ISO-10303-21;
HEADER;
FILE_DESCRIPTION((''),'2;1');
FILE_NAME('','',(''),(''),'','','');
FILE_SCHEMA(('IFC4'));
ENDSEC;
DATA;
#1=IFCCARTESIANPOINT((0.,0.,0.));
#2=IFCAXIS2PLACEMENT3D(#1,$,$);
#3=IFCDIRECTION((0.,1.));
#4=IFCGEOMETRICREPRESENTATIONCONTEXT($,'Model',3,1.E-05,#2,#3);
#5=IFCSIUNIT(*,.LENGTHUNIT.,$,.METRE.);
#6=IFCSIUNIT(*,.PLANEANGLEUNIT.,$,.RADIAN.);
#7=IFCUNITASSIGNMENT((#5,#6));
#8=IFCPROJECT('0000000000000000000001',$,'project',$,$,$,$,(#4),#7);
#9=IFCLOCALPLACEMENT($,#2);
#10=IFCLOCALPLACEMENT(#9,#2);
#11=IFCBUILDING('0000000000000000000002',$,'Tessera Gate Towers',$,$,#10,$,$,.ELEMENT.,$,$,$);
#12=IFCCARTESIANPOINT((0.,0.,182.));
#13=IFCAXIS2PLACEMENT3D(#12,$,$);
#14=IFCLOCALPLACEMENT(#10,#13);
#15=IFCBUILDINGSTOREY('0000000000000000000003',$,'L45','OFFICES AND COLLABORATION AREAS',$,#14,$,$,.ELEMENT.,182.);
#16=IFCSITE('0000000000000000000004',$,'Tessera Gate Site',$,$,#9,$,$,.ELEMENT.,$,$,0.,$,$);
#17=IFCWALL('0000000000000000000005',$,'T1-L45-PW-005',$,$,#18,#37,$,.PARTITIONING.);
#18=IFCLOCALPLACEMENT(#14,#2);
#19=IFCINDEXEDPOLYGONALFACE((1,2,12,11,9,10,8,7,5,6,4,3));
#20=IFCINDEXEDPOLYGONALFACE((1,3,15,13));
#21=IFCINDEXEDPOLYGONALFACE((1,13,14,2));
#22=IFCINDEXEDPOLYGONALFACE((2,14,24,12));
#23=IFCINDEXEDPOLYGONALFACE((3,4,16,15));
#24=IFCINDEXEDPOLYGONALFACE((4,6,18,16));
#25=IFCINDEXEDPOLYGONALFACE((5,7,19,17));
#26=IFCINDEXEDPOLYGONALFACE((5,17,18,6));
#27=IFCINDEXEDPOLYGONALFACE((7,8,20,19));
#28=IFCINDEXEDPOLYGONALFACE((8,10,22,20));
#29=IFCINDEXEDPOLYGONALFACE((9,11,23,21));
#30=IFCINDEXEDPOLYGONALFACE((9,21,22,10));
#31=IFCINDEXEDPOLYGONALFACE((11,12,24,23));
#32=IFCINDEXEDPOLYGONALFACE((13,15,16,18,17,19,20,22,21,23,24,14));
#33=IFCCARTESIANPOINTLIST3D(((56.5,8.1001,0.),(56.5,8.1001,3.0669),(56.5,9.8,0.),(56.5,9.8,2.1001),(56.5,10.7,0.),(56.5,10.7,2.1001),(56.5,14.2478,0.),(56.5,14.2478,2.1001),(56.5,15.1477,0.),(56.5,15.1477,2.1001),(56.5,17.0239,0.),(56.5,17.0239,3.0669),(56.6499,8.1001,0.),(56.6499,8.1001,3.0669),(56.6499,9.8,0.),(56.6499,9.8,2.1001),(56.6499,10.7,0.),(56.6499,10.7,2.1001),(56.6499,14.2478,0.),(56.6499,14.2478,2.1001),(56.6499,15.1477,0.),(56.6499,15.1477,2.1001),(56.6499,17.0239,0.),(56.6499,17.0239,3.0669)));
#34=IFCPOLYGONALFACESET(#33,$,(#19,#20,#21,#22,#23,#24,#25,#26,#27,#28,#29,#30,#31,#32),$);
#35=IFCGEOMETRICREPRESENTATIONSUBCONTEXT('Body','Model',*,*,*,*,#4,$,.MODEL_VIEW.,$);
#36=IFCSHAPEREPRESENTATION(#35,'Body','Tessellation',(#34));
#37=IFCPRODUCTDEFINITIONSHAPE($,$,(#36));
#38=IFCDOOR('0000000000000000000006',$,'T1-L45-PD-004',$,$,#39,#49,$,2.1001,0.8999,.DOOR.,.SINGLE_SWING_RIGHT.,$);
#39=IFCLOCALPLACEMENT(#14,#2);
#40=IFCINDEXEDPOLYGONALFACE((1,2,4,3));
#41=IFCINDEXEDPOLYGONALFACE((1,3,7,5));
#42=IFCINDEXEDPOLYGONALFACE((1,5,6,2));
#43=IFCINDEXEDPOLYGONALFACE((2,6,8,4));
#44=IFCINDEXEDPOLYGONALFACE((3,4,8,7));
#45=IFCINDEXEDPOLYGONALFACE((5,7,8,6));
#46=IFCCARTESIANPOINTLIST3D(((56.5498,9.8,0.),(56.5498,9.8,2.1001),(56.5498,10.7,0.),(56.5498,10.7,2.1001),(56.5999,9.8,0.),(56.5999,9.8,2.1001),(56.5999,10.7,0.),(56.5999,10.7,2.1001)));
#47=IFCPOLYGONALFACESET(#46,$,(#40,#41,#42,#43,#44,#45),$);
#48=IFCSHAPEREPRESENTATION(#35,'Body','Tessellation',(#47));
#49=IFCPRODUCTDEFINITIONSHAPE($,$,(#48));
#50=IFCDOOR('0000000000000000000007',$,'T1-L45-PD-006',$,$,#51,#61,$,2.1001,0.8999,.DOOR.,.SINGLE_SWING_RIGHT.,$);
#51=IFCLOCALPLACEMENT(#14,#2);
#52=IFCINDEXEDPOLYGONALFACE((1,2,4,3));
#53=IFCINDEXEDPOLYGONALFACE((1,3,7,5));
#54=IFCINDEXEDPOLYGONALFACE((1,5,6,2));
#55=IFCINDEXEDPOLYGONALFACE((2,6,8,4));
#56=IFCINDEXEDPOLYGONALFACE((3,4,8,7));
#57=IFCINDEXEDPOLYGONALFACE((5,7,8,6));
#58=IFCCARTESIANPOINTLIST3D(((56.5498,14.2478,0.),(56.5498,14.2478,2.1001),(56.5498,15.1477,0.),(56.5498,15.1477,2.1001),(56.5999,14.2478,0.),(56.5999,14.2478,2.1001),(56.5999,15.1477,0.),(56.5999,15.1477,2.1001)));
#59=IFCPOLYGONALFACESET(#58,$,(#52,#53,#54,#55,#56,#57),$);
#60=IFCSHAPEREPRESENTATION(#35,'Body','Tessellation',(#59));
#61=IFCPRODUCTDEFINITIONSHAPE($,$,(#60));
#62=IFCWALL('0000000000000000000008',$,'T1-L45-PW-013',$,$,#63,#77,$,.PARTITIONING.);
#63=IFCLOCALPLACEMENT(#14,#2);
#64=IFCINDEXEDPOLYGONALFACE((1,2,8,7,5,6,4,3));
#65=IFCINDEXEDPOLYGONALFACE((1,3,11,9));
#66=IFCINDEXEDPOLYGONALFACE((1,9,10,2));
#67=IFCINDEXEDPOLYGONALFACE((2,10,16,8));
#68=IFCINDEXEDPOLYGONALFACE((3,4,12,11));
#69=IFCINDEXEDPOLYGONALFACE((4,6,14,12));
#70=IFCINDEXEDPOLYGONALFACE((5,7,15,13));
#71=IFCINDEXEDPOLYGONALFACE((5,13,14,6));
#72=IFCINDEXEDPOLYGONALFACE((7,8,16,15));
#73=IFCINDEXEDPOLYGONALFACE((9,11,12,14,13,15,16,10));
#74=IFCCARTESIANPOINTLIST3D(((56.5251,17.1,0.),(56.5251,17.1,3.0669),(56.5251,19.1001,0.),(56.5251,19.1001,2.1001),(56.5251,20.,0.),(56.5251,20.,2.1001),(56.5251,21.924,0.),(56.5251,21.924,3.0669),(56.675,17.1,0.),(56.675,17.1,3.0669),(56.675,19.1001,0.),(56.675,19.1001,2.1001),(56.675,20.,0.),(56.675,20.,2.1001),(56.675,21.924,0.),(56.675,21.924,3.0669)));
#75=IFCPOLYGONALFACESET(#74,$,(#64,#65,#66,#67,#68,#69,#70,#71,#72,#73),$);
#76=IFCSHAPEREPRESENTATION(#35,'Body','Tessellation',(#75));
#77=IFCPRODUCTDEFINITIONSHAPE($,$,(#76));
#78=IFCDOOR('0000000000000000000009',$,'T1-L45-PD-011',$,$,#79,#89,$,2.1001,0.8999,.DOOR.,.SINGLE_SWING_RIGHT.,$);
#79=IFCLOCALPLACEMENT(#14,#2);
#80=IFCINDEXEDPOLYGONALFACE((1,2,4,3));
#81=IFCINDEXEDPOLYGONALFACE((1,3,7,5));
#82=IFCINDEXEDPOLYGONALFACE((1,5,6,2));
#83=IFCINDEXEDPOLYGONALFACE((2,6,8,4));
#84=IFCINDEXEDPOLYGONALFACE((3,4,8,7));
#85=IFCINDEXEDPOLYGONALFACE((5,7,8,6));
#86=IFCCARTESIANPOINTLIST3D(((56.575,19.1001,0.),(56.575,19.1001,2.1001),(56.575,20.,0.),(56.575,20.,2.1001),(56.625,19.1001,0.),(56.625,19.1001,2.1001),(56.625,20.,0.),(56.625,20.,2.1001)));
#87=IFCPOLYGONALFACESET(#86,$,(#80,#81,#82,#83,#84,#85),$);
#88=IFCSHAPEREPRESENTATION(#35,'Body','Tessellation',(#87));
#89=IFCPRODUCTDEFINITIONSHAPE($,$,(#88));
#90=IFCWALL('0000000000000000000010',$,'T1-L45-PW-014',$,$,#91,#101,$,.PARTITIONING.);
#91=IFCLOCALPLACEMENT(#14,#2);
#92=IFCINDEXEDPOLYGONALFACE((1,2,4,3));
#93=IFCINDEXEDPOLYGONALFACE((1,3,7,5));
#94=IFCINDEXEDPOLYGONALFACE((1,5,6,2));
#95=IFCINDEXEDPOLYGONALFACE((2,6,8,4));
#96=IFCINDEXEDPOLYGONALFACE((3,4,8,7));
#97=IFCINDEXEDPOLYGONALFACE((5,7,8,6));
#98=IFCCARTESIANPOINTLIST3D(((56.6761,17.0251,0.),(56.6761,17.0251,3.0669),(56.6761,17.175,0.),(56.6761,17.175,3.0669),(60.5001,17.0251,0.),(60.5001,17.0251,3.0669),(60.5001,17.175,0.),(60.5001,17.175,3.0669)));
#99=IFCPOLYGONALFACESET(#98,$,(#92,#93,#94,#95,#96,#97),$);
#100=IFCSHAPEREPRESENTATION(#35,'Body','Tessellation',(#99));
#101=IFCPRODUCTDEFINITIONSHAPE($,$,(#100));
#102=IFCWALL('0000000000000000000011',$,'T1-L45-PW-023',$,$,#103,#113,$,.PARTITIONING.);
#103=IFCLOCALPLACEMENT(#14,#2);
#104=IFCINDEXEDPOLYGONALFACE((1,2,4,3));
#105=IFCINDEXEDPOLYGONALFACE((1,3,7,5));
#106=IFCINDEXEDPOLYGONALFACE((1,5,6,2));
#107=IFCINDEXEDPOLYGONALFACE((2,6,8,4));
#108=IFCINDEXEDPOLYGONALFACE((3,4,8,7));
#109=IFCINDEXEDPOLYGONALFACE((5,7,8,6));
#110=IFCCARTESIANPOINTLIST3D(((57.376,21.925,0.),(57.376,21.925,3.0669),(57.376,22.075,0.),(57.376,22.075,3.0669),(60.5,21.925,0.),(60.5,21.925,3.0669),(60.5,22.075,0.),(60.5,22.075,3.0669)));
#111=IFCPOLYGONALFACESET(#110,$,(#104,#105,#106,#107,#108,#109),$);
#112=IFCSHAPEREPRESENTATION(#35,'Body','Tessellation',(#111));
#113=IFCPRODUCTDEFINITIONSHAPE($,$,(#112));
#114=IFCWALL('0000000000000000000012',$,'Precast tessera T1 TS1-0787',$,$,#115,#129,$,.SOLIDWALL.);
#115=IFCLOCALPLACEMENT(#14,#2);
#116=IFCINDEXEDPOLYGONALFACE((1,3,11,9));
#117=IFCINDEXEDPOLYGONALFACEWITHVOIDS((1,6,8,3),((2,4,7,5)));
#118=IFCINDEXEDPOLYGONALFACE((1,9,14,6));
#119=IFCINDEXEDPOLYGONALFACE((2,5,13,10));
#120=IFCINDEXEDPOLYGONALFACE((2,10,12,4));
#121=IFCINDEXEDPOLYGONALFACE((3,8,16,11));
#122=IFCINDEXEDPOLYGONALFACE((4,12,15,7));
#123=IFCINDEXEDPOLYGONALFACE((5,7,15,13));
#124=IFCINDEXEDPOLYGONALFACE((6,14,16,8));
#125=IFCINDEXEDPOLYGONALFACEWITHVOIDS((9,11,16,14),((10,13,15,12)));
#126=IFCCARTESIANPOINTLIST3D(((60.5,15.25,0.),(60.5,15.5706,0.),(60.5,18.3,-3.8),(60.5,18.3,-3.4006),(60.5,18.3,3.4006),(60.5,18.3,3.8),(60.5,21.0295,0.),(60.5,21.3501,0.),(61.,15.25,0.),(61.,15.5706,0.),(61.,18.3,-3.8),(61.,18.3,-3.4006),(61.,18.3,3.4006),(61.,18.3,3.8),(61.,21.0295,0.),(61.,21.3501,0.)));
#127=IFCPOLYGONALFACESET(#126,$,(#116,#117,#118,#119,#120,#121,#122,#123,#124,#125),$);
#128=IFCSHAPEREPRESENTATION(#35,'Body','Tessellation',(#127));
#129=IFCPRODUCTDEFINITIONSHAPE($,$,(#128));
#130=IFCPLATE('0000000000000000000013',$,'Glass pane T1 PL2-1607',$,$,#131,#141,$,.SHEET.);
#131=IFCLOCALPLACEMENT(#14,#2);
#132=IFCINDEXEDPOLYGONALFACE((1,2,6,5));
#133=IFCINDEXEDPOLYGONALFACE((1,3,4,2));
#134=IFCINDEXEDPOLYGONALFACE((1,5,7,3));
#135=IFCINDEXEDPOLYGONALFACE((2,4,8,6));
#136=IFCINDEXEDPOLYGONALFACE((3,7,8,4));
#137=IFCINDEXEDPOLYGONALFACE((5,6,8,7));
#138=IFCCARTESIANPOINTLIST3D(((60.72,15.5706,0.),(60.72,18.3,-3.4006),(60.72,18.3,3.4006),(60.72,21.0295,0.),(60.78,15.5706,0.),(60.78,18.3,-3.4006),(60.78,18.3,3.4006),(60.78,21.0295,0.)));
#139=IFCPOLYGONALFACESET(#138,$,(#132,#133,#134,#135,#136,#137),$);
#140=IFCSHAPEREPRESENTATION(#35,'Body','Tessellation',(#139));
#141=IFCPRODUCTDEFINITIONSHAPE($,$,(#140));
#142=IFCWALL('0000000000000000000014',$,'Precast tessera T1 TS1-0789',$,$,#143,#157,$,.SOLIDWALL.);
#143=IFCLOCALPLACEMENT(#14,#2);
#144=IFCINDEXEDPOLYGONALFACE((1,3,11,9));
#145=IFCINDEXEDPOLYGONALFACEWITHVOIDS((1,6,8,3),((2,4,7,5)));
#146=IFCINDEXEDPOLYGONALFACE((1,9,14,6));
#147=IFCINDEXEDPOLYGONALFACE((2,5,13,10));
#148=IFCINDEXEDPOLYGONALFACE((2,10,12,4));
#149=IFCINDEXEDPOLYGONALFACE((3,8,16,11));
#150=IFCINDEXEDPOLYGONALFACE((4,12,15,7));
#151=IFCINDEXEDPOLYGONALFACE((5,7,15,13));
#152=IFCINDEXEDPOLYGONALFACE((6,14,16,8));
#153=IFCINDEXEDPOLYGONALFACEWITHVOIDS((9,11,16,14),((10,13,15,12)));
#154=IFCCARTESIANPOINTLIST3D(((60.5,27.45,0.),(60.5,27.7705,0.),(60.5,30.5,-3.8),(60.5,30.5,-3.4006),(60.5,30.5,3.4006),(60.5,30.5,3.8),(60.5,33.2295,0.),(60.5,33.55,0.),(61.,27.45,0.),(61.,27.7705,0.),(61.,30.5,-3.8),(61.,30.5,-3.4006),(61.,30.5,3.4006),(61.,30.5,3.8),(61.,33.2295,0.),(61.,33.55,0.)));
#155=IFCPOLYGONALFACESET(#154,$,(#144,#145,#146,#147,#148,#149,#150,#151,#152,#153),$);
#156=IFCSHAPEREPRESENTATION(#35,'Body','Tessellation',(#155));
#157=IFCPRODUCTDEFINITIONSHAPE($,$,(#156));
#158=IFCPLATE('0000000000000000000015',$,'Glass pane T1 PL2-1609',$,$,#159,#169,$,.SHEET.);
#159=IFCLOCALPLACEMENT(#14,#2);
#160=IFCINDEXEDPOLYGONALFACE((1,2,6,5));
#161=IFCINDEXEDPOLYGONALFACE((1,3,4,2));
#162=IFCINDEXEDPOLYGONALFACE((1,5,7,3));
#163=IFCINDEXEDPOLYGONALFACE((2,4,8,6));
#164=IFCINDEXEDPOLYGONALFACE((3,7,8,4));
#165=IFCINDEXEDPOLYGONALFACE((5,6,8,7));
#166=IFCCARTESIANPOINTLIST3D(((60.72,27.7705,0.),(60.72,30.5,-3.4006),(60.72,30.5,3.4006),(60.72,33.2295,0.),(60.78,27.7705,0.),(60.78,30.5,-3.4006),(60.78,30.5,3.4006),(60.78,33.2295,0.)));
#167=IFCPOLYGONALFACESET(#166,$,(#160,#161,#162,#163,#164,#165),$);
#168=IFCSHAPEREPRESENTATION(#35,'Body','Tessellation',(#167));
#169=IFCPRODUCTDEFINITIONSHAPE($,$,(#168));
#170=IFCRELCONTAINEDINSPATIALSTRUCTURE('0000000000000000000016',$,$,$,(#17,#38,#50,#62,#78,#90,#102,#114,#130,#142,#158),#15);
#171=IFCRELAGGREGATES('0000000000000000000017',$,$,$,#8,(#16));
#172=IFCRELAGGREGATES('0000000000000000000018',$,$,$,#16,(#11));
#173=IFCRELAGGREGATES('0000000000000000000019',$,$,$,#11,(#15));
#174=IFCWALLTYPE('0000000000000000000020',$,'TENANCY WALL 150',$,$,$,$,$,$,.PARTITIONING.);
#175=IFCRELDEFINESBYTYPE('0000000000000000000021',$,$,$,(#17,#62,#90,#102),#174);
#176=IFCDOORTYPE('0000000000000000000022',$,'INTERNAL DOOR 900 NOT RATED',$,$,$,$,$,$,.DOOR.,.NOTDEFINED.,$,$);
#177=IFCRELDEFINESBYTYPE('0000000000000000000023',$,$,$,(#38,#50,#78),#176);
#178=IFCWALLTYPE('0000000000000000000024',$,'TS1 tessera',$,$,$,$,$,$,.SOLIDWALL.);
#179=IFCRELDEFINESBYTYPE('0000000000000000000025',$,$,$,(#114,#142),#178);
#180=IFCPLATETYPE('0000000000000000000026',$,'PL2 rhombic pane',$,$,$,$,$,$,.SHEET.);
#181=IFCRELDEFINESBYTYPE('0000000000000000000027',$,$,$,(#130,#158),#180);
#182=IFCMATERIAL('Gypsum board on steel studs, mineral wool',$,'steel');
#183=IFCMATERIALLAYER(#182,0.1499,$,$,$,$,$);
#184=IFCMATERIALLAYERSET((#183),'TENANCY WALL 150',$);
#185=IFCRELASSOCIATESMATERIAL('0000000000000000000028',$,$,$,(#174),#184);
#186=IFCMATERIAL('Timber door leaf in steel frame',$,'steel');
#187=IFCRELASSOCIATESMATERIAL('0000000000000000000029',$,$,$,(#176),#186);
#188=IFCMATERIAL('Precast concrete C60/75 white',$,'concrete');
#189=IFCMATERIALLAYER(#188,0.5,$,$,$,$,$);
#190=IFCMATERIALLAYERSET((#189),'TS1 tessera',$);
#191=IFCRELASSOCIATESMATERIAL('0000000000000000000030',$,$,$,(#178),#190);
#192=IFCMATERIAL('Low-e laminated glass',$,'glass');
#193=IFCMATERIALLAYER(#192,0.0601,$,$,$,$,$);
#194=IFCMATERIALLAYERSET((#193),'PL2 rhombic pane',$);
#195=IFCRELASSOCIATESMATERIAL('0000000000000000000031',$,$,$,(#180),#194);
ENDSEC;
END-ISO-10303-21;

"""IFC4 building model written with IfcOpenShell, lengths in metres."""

from ifc_helpers import new_model, si_unit, direction, frame, frame_2d, origin, place, context, subcontext, project, spatial, polyline, rectangle, outline, extrude, source, transform, mapped, material, layer, layer_set, type_object, element, fill, save


model = new_model("IFC4")

# Units and contexts
model_context = context("Model", 3, precision=1e-05, world=origin(), true_north=direction((0.0, 1.0)))
body_context = subcontext(model_context, "Body", "Model", "MODEL_VIEW")
ifc_project = project(units=[si_unit("LENGTHUNIT", "METRE"), si_unit("PLANEANGLEUNIT", "RADIAN")], contexts=[model_context])

# Site, building, storey
site_placement = place(None, origin())
site = spatial("IfcSite", under=ifc_project, at=site_placement, Name="Tessera Gate Site", CompositionType="ELEMENT", RefElevation=0.0)
building_placement = place(site_placement, origin())
building = spatial("IfcBuilding", under=site, at=building_placement, Name="Tessera Gate Towers", CompositionType="ELEMENT")
storey_placement = place(building_placement, frame((0.0, 0.0, 182.0)))
storey = spatial("IfcBuildingStorey", under=building, at=storey_placement, Name="L45", Description="OFFICES AND COLLABORATION AREAS", CompositionType="ELEMENT", Elevation=182.0)

# Wall, openings, doors
ifc_material_1 = material(Name="Gypsum board on steel studs, mineral wool", Category="steel")
ifc_layer_1 = layer(ifc_material_1, 0.1499)
ifc_layer_set_1 = layer_set([ifc_layer_1], Name="TENANCY WALL 150")
wall_type_1 = type_object("IfcWallType", Name="TENANCY WALL 150", PredefinedType="PARTITIONING", material=ifc_layer_set_1)
wall_1_placement = place(storey_placement, frame((56.575, 17.0239, 0.0), z_axis=(0.0, 0.0, 1.0), x_axis=(0.0, -1.0, 0.0)))
wall_1 = element("IfcWall", 1, at=wall_1_placement, inside=storey, type_object=wall_type_1, Name="T1-L45-PW-005", PredefinedType="PARTITIONING", context=body_context, shape_type="SweptSolid", body=[
    extrude(rectangle(XDim=8.9238, YDim=0.1499, at=frame_2d((4.4619, 0.0))), origin(), (0.0, 0.0, 1.0), 3.0669),
])
shared_shape_1 = source(origin(), body_context, "Body", "SweptSolid", [
    extrude(rectangle(XDim=0.8999, YDim=2.1001, at=frame_2d((0.45, 1.05))), frame((0.0, 0.085, 0.0), z_axis=(0.0, -1.0, 0.0), x_axis=(1.0, 0.0, 0.0)), (0.0, 0.0, 1.0), 0.1699),
])
opening_1_placement = place(wall_1_placement, frame((6.324, 0.0, 0.0)))
opening_1 = element("IfcOpeningElement", 2, at=opening_1_placement, cuts=wall_1, PredefinedType="OPENING", context=body_context, shape_type="MappedRepresentation", body=[
    mapped(shared_shape_1, transform((0.0, 0.0, 0.0), scale=1.0)),
])
opening_2_placement = place(wall_1_placement, frame((1.8762, 0.0, 0.0)))
opening_2 = element("IfcOpeningElement", 3, at=opening_2_placement, cuts=wall_1, PredefinedType="OPENING", context=body_context, shape_type="MappedRepresentation", body=[
    mapped(shared_shape_1, transform((0.0, 0.0, 0.0), scale=1.0)),
])
ifc_material_2 = material(Name="Timber door leaf in steel frame", Category="steel")
door_type_1 = type_object("IfcDoorType", Name="INTERNAL DOOR 900 NOT RATED", OperationType="NOTDEFINED", PredefinedType="DOOR", material=ifc_material_2)
shared_shape_2 = source(origin(), body_context, "Body", "SweptSolid", [
    extrude(rectangle(XDim=0.8999, YDim=2.1001, at=frame_2d((0.45, 1.05))), frame((0.0, 0.0249, 0.0), z_axis=(0.0, -1.0, 0.0), x_axis=(1.0, 0.0, 0.0)), (0.0, 0.0, 1.0), 0.05),
])
door_1_placement = place(opening_1_placement, origin())
door_1 = element("IfcDoor", 4, at=door_1_placement, inside=storey, type_object=door_type_1, Name="T1-L45-PD-004", OperationType="SINGLE_SWING_RIGHT", OverallHeight=2.1001, OverallWidth=0.8999, PredefinedType="DOOR", context=body_context, shape_type="MappedRepresentation", body=[
    mapped(shared_shape_2, transform((0.0, 0.0, 0.0), scale=1.0)),
])
fill(opening_1, door_1)
door_2_placement = place(opening_2_placement, origin())
door_2 = element("IfcDoor", 5, at=door_2_placement, inside=storey, type_object=door_type_1, Name="T1-L45-PD-006", OperationType="SINGLE_SWING_RIGHT", OverallHeight=2.1001, OverallWidth=0.8999, PredefinedType="DOOR", context=body_context, shape_type="MappedRepresentation", body=[
    mapped(shared_shape_2, transform((0.0, 0.0, 0.0), scale=1.0)),
])
fill(opening_2, door_2)

# Wall, opening, door
wall_2_placement = place(storey_placement, frame((56.6001, 21.9241, 0.0), z_axis=(0.0, 0.0, 1.0), x_axis=(0.0, -1.0, 0.0)))
wall_2 = element("IfcWall", 6, at=wall_2_placement, inside=storey, type_object=wall_type_1, Name="T1-L45-PW-013", PredefinedType="PARTITIONING", context=body_context, shape_type="SweptSolid", body=[
    extrude(rectangle(XDim=4.824, YDim=0.1499, at=frame_2d((2.4121, 0.0))), origin(), (0.0, 0.0, 1.0), 3.0669),
])
opening_3_placement = place(wall_2_placement, frame((1.9241, 0.0, 0.0)))
opening_3 = element("IfcOpeningElement", 7, at=opening_3_placement, cuts=wall_2, PredefinedType="OPENING", context=body_context, shape_type="MappedRepresentation", body=[
    mapped(shared_shape_1, transform((0.0, 0.0, 0.0), scale=1.0)),
])
door_3_placement = place(opening_3_placement, origin())
door_3 = element("IfcDoor", 8, at=door_3_placement, inside=storey, type_object=door_type_1, Name="T1-L45-PD-011", OperationType="SINGLE_SWING_RIGHT", OverallHeight=2.1001, OverallWidth=0.8999, PredefinedType="DOOR", context=body_context, shape_type="MappedRepresentation", body=[
    mapped(shared_shape_2, transform((0.0, 0.0, 0.0), scale=1.0)),
])
fill(opening_3, door_3)

# Walls
wall_3_placement = place(storey_placement, frame((56.676, 17.1001, 0.0), z_axis=(0.0, 0.0, 1.0), x_axis=(1.0, 0.0, 0.0)))
element("IfcWall", 9, at=wall_3_placement, inside=storey, type_object=wall_type_1, Name="T1-L45-PW-014", PredefinedType="PARTITIONING", context=body_context, shape_type="SweptSolid", body=[
    extrude(rectangle(XDim=3.824, YDim=0.1499, at=frame_2d((1.9121, 0.0))), origin(), (0.0, 0.0, 1.0), 3.0669),
])
wall_4_placement = place(storey_placement, frame((57.376, 22.0, 0.0), z_axis=(0.0, 0.0, 1.0), x_axis=(1.0, 0.0, 0.0)))
element("IfcWall", 10, at=wall_4_placement, inside=storey, type_object=wall_type_1, Name="T1-L45-PW-023", PredefinedType="PARTITIONING", context=body_context, shape_type="SweptSolid", body=[
    extrude(rectangle(XDim=3.124, YDim=0.1499, at=frame_2d((1.562, 0.0))), origin(), (0.0, 0.0, 1.0), 3.0669),
])

# Walls, openings, plates
ifc_material_3 = material(Name="Precast concrete C60/75 white", Category="concrete")
ifc_layer_2 = layer(ifc_material_3, 0.5)
ifc_layer_set_2 = layer_set([ifc_layer_2], Name="TS1 tessera")
wall_type_2 = type_object("IfcWallType", Name="TS1 tessera", PredefinedType="SOLIDWALL", material=ifc_layer_set_2)
shared_shape_3 = source(origin(), body_context, "Body", "SweptSolid", [
    extrude(outline(polyline([(3.05, 0.0), (6.1001, 3.8), (3.05, 7.6001), (0.0, 3.8), (3.05, 0.0)])), frame((0.0, 0.25, 0.0), z_axis=(0.0, -1.0, 0.0), x_axis=(1.0, 0.0, 0.0)), (0.0, 0.0, 1.0), 0.5),
])
wall_5_placement = place(storey_placement, frame((60.75, 15.25, -3.8), z_axis=(0.0, 0.0, 1.0), x_axis=(0.0, 1.0, 0.0)))
wall_5 = element("IfcWall", 11, at=wall_5_placement, inside=storey, type_object=wall_type_2, Name="Precast tessera T1 TS1-0787", PredefinedType="SOLIDWALL", context=body_context, shape_type="MappedRepresentation", body=[
    mapped(shared_shape_3, transform((0.0, 0.0, 0.0), scale=1.0)),
])
shared_shape_4 = source(origin(), body_context, "Body", "SweptSolid", [
    extrude(outline(polyline([(3.05, 0.3994), (5.7795, 3.8), (3.05, 7.2007), (0.3206, 3.8), (3.05, 0.3994)])), frame((0.0, 0.26, 0.0), z_axis=(0.0, -1.0, 0.0), x_axis=(1.0, 0.0, 0.0)), (0.0, 0.0, 1.0), 0.52),
])
opening_4_placement = place(wall_5_placement, origin())
opening_4 = element("IfcOpeningElement", 12, at=opening_4_placement, cuts=wall_5, PredefinedType="OPENING", context=body_context, shape_type="MappedRepresentation", body=[
    mapped(shared_shape_4, transform((0.0, 0.0, 0.0), scale=1.0)),
])
ifc_material_4 = material(Name="Low-e laminated glass", Category="glass")
ifc_layer_3 = layer(ifc_material_4, 0.0601)
ifc_layer_set_3 = layer_set([ifc_layer_3], Name="PL2 rhombic pane")
plate_type = type_object("IfcPlateType", Name="PL2 rhombic pane", PredefinedType="SHEET", material=ifc_layer_set_3)
shared_shape_5 = source(origin(), body_context, "Body", "SweptSolid", [
    extrude(outline(polyline([(3.05, 0.3994), (5.7795, 3.8), (3.05, 7.2007), (0.3206, 3.8), (3.05, 0.3994)])), frame((0.0, 0.03, 0.0), z_axis=(0.0, -1.0, 0.0), x_axis=(1.0, 0.0, 0.0)), (0.0, 0.0, 1.0), 0.0601),
])
plate_1_placement = place(opening_4_placement, origin())
plate_1 = element("IfcPlate", 13, at=plate_1_placement, inside=storey, type_object=plate_type, Name="Glass pane T1 PL2-1607", PredefinedType="SHEET", context=body_context, shape_type="MappedRepresentation", body=[
    mapped(shared_shape_5, transform((0.0, 0.0, 0.0), scale=1.0)),
])
fill(opening_4, plate_1)
wall_6_placement = place(storey_placement, frame((60.75, 27.45, -3.8), z_axis=(0.0, 0.0, 1.0), x_axis=(0.0, 1.0, 0.0)))
wall_6 = element("IfcWall", 14, at=wall_6_placement, inside=storey, type_object=wall_type_2, Name="Precast tessera T1 TS1-0789", PredefinedType="SOLIDWALL", context=body_context, shape_type="MappedRepresentation", body=[
    mapped(shared_shape_3, transform((0.0, 0.0, 0.0), scale=1.0)),
])
opening_5_placement = place(wall_6_placement, origin())
opening_5 = element("IfcOpeningElement", 15, at=opening_5_placement, cuts=wall_6, PredefinedType="OPENING", context=body_context, shape_type="MappedRepresentation", body=[
    mapped(shared_shape_4, transform((0.0, 0.0, 0.0), scale=1.0)),
])
plate_2_placement = place(opening_5_placement, origin())
plate_2 = element("IfcPlate", 16, at=plate_2_placement, inside=storey, type_object=plate_type, Name="Glass pane T1 PL2-1609", PredefinedType="SHEET", context=body_context, shape_type="MappedRepresentation", body=[
    mapped(shared_shape_5, transform((0.0, 0.0, 0.0), scale=1.0)),
])
fill(opening_5, plate_2)

save(model, "model.ifc")
